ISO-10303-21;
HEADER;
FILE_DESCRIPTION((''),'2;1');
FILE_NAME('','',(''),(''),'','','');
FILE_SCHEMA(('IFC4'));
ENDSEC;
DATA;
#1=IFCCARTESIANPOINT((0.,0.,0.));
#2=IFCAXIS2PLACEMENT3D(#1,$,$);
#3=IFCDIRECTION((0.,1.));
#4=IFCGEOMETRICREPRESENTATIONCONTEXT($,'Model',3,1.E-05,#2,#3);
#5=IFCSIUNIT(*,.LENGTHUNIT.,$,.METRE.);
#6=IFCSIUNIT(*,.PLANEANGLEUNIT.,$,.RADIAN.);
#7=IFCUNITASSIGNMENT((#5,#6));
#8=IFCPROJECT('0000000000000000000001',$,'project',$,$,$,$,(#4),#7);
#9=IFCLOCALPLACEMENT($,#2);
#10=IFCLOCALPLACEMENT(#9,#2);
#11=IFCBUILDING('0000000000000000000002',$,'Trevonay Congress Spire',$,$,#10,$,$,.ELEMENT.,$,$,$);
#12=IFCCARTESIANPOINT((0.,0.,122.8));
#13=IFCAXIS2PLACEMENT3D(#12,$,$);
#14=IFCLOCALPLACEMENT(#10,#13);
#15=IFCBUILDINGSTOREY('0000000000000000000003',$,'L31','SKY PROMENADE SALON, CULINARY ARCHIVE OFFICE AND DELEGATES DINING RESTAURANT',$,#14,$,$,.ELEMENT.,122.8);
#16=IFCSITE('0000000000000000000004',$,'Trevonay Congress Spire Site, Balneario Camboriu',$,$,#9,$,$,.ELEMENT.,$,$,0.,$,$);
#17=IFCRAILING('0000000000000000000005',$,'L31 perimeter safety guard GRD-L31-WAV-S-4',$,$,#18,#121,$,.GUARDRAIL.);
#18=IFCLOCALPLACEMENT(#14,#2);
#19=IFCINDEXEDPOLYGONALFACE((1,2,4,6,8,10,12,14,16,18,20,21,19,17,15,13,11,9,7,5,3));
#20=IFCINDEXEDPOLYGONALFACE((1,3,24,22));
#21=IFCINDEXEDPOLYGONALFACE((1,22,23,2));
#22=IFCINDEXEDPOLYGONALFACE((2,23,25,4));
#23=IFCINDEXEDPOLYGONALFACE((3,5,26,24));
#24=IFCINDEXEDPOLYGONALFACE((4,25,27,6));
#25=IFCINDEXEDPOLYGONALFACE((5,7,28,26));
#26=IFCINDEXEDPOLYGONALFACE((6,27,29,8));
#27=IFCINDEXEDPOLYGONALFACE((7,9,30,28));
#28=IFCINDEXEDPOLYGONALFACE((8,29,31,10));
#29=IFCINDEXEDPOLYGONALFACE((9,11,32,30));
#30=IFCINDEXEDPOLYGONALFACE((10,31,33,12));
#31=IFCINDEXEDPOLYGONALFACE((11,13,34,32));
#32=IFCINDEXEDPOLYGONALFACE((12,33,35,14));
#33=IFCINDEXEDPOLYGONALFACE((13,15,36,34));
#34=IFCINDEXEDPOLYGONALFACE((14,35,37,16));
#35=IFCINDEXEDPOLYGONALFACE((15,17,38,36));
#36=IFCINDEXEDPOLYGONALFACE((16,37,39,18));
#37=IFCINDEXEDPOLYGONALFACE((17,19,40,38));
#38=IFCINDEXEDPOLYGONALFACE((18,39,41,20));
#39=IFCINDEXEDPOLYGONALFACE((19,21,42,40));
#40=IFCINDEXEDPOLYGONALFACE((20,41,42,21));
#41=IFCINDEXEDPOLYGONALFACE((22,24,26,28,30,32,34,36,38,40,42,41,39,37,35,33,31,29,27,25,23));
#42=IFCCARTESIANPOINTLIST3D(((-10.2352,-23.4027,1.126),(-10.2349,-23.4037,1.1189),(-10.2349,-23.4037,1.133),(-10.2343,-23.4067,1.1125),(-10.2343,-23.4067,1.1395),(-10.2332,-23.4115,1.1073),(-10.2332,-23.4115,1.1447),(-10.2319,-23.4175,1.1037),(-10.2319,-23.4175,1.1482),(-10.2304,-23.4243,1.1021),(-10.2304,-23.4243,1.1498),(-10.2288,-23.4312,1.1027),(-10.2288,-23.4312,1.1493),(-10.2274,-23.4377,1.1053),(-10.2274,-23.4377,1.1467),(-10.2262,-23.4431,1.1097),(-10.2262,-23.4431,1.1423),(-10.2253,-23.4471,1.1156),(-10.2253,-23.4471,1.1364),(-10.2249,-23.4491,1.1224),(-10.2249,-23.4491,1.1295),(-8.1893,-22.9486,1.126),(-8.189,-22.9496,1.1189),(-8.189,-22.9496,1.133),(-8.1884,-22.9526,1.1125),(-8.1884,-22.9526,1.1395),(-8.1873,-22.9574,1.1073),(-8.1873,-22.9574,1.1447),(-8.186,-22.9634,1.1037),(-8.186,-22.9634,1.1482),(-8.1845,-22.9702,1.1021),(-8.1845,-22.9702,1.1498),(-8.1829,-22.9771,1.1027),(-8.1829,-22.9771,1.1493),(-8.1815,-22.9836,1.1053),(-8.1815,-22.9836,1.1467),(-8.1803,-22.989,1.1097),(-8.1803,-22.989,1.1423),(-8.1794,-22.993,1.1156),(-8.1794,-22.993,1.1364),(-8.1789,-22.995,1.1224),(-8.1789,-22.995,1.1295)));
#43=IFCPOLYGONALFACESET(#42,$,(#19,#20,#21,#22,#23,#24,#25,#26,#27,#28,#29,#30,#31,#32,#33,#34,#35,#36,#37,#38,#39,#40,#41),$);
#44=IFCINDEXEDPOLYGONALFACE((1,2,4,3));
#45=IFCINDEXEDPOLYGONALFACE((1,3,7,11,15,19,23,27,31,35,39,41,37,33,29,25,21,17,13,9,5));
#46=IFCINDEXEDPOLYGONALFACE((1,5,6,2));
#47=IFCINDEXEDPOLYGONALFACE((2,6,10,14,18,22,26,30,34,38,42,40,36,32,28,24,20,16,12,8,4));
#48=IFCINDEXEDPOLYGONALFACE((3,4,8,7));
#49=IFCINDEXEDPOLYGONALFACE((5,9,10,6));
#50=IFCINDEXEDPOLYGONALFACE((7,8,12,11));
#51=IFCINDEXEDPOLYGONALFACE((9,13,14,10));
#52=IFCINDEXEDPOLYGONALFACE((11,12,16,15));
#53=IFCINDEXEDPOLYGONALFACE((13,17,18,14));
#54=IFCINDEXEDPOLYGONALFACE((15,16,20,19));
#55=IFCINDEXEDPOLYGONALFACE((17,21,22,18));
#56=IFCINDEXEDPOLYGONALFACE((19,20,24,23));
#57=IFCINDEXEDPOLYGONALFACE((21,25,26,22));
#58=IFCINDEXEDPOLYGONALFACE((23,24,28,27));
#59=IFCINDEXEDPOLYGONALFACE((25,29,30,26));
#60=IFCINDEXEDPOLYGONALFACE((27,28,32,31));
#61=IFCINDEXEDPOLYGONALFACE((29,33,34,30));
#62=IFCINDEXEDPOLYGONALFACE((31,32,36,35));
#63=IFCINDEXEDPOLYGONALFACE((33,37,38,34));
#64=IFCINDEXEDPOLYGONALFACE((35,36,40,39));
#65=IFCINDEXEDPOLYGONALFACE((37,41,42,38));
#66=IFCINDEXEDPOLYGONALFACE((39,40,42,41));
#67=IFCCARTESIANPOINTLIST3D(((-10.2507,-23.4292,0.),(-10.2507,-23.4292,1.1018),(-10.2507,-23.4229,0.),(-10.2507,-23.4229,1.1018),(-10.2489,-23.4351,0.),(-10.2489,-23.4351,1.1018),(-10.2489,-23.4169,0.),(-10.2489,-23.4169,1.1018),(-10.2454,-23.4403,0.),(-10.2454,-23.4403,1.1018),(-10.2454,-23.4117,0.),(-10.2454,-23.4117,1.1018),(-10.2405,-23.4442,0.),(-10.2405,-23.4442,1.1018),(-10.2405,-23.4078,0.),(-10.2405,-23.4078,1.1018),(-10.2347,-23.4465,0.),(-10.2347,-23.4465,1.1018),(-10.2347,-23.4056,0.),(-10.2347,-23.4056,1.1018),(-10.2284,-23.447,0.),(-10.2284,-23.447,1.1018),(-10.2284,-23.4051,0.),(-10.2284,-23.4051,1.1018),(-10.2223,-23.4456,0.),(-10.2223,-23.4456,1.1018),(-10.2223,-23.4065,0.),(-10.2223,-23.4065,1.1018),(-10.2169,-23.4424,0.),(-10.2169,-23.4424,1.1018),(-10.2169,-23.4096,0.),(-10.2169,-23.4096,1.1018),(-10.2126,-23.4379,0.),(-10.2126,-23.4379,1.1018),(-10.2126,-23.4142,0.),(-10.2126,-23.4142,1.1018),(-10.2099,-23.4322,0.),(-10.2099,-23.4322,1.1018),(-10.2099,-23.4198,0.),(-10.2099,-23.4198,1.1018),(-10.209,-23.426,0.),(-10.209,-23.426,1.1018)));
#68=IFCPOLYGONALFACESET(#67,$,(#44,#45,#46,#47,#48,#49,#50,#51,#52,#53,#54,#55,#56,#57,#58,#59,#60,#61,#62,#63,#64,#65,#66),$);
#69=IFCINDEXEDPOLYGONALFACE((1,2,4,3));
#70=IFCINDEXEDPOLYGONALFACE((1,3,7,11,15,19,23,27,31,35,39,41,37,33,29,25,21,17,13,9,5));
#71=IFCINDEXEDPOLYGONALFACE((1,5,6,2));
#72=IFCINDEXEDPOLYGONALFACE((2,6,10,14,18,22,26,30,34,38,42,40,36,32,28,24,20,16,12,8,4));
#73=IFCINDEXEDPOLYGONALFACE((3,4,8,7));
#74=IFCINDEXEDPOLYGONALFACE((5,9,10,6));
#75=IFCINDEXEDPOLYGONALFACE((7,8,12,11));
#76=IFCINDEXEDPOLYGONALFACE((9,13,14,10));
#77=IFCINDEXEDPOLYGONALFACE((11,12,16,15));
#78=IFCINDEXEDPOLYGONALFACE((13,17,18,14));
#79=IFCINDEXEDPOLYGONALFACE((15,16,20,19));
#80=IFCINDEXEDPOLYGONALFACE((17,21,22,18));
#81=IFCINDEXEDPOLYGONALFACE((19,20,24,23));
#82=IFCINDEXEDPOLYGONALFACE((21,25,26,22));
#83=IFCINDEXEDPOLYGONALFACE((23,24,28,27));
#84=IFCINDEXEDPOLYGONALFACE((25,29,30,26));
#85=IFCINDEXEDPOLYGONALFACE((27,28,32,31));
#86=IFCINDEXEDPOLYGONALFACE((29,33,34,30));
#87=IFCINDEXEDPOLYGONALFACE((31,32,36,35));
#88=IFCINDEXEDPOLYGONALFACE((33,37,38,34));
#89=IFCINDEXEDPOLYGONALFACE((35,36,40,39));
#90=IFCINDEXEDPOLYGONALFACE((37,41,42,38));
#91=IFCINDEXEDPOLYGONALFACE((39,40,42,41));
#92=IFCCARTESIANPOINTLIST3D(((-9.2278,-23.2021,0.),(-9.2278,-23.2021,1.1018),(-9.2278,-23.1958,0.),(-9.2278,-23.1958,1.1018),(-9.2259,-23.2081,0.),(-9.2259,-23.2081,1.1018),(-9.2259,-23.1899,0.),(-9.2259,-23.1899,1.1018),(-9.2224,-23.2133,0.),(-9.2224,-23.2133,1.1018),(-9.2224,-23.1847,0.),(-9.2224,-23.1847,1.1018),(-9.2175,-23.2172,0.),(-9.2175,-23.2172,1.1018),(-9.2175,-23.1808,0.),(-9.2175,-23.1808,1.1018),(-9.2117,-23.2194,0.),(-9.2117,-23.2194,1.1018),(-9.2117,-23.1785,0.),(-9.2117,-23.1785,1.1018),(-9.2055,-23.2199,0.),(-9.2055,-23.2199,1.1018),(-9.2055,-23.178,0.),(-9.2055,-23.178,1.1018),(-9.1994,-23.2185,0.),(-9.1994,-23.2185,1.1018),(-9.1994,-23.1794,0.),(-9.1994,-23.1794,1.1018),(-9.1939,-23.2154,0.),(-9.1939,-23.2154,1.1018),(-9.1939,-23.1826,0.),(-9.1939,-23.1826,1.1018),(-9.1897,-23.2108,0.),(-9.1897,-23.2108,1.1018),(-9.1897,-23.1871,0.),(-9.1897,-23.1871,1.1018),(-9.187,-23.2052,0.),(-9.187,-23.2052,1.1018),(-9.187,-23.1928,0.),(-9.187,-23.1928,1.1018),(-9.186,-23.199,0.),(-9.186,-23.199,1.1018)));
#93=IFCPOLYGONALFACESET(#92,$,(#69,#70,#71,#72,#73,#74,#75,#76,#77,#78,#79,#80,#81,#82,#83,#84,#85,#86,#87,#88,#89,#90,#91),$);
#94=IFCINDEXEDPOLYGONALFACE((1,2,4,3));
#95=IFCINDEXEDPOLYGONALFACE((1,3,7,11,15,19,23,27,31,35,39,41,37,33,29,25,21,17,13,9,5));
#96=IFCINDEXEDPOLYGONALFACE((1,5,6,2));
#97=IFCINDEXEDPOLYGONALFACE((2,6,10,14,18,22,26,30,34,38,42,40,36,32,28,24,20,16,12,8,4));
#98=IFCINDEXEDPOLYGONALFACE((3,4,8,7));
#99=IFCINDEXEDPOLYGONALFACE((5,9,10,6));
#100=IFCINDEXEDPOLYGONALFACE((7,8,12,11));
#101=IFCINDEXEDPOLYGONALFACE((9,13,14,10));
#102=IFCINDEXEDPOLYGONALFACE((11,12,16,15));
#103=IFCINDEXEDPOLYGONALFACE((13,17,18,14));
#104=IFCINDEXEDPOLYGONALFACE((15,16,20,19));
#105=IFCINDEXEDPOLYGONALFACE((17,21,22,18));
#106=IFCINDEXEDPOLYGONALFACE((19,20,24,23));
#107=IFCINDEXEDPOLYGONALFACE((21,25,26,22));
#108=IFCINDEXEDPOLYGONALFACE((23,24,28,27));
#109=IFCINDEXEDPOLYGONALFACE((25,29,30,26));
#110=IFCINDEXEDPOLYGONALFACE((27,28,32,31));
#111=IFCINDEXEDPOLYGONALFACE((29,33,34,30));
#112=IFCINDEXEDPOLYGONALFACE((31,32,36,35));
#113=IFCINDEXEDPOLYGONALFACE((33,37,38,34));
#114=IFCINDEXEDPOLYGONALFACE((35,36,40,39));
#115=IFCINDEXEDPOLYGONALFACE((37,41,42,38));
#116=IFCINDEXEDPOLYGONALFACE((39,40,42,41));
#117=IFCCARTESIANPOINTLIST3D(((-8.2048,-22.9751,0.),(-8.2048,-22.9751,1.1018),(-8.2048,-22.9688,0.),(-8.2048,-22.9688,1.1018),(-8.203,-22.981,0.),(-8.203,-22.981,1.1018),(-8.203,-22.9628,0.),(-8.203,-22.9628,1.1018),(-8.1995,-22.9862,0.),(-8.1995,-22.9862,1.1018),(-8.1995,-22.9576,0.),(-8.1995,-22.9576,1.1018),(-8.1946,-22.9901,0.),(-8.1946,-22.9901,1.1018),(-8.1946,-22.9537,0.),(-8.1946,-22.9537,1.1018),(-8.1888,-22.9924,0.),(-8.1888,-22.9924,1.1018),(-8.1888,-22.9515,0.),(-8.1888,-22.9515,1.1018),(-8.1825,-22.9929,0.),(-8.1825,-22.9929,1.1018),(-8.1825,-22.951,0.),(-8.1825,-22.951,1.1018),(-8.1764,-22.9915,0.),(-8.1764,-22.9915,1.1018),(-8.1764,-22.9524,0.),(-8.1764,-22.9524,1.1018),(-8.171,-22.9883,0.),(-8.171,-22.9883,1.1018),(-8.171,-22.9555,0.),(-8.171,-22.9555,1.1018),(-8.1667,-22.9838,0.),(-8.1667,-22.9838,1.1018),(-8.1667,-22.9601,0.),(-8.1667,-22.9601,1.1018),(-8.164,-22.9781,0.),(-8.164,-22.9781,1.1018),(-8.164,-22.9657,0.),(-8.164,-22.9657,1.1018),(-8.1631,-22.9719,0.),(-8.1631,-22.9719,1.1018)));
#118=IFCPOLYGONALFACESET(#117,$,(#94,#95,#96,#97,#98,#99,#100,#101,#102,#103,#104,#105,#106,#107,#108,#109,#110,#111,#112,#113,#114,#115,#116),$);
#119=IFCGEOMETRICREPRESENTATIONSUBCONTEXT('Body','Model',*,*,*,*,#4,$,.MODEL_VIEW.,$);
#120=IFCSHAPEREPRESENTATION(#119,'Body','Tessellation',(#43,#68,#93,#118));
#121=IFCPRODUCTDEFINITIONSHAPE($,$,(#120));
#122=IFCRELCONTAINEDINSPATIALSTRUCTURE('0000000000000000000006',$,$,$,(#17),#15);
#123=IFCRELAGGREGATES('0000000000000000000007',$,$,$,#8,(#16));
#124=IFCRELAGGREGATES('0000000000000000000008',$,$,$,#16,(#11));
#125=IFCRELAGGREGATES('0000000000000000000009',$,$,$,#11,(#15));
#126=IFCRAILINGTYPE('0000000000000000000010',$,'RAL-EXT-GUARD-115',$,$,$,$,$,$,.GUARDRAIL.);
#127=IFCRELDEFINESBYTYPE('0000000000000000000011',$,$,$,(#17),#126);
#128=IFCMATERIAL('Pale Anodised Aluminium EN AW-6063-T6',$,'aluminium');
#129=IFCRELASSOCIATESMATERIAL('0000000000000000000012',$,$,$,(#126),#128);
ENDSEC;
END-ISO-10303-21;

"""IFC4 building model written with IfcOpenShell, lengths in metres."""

from ifc_helpers import new_model, si_unit, direction, frame, origin, origin_2d, place, context, subcontext, project, spatial, circle, extrude, material, type_object, element, save


model = new_model("IFC4")

# Units and contexts
model_context = context("Model", 3, precision=1e-05, world=origin(), true_north=direction((0.0, 1.0)))
body_context = subcontext(model_context, "Body", "Model", "MODEL_VIEW")
ifc_project = project(units=[si_unit("LENGTHUNIT", "METRE"), si_unit("PLANEANGLEUNIT", "RADIAN")], contexts=[model_context])

# Site, building, storey
site_placement = place(None, origin())
site = spatial("IfcSite", under=ifc_project, at=site_placement, Name="Trevonay Congress Spire Site, Balneario Camboriu", CompositionType="ELEMENT", RefElevation=0.0)
building_placement = place(site_placement, origin())
building = spatial("IfcBuilding", under=site, at=building_placement, Name="Trevonay Congress Spire", CompositionType="ELEMENT")
storey_placement = place(building_placement, frame((0.0, 0.0, 122.8)))
storey = spatial("IfcBuildingStorey", under=building, at=storey_placement, Name="L31", Description="SKY PROMENADE SALON, CULINARY ARCHIVE OFFICE AND DELEGATES DINING RESTAURANT", CompositionType="ELEMENT", Elevation=122.8)

# Shared definitions
ifc_material_1 = material(Name="Pale Anodised Aluminium EN AW-6063-T6", Category="aluminium")

# Railing
railing_type = type_object("IfcRailingType", Name="RAL-EXT-GUARD-115", PredefinedType="GUARDRAIL", material=ifc_material_1)
railing_1_placement = place(storey_placement, frame((-10.23, -23.426, 0.0)))
element("IfcRailing", 1, at=railing_1_placement, inside=storey, type_object=railing_type, Name="L31 perimeter safety guard GRD-L31-WAV-S-4", PredefinedType="GUARDRAIL", context=body_context, shape_type="SweptSolid", body=[
    extrude(circle(Radius=0.0239, at=origin_2d()), frame((0.0, 0.0, 1.126), z_axis=(0.976242, 0.216684, 0.0), x_axis=(-0.216684, 0.976242, 0.0)), (0.0, 0.0, 1.0), 2.0957),
    extrude(circle(Radius=0.021, at=origin_2d()), origin(), (0.0, 0.0, 1.0), 1.1018),
    extrude(circle(Radius=0.021, at=origin_2d()), frame((1.0229, 0.2271, 0.0)), (0.0, 0.0, 1.0), 1.1018),
    extrude(circle(Radius=0.021, at=origin_2d()), frame((2.0459, 0.4541, 0.0)), (0.0, 0.0, 1.0), 1.1018),
])

save(model, "model.ifc")
